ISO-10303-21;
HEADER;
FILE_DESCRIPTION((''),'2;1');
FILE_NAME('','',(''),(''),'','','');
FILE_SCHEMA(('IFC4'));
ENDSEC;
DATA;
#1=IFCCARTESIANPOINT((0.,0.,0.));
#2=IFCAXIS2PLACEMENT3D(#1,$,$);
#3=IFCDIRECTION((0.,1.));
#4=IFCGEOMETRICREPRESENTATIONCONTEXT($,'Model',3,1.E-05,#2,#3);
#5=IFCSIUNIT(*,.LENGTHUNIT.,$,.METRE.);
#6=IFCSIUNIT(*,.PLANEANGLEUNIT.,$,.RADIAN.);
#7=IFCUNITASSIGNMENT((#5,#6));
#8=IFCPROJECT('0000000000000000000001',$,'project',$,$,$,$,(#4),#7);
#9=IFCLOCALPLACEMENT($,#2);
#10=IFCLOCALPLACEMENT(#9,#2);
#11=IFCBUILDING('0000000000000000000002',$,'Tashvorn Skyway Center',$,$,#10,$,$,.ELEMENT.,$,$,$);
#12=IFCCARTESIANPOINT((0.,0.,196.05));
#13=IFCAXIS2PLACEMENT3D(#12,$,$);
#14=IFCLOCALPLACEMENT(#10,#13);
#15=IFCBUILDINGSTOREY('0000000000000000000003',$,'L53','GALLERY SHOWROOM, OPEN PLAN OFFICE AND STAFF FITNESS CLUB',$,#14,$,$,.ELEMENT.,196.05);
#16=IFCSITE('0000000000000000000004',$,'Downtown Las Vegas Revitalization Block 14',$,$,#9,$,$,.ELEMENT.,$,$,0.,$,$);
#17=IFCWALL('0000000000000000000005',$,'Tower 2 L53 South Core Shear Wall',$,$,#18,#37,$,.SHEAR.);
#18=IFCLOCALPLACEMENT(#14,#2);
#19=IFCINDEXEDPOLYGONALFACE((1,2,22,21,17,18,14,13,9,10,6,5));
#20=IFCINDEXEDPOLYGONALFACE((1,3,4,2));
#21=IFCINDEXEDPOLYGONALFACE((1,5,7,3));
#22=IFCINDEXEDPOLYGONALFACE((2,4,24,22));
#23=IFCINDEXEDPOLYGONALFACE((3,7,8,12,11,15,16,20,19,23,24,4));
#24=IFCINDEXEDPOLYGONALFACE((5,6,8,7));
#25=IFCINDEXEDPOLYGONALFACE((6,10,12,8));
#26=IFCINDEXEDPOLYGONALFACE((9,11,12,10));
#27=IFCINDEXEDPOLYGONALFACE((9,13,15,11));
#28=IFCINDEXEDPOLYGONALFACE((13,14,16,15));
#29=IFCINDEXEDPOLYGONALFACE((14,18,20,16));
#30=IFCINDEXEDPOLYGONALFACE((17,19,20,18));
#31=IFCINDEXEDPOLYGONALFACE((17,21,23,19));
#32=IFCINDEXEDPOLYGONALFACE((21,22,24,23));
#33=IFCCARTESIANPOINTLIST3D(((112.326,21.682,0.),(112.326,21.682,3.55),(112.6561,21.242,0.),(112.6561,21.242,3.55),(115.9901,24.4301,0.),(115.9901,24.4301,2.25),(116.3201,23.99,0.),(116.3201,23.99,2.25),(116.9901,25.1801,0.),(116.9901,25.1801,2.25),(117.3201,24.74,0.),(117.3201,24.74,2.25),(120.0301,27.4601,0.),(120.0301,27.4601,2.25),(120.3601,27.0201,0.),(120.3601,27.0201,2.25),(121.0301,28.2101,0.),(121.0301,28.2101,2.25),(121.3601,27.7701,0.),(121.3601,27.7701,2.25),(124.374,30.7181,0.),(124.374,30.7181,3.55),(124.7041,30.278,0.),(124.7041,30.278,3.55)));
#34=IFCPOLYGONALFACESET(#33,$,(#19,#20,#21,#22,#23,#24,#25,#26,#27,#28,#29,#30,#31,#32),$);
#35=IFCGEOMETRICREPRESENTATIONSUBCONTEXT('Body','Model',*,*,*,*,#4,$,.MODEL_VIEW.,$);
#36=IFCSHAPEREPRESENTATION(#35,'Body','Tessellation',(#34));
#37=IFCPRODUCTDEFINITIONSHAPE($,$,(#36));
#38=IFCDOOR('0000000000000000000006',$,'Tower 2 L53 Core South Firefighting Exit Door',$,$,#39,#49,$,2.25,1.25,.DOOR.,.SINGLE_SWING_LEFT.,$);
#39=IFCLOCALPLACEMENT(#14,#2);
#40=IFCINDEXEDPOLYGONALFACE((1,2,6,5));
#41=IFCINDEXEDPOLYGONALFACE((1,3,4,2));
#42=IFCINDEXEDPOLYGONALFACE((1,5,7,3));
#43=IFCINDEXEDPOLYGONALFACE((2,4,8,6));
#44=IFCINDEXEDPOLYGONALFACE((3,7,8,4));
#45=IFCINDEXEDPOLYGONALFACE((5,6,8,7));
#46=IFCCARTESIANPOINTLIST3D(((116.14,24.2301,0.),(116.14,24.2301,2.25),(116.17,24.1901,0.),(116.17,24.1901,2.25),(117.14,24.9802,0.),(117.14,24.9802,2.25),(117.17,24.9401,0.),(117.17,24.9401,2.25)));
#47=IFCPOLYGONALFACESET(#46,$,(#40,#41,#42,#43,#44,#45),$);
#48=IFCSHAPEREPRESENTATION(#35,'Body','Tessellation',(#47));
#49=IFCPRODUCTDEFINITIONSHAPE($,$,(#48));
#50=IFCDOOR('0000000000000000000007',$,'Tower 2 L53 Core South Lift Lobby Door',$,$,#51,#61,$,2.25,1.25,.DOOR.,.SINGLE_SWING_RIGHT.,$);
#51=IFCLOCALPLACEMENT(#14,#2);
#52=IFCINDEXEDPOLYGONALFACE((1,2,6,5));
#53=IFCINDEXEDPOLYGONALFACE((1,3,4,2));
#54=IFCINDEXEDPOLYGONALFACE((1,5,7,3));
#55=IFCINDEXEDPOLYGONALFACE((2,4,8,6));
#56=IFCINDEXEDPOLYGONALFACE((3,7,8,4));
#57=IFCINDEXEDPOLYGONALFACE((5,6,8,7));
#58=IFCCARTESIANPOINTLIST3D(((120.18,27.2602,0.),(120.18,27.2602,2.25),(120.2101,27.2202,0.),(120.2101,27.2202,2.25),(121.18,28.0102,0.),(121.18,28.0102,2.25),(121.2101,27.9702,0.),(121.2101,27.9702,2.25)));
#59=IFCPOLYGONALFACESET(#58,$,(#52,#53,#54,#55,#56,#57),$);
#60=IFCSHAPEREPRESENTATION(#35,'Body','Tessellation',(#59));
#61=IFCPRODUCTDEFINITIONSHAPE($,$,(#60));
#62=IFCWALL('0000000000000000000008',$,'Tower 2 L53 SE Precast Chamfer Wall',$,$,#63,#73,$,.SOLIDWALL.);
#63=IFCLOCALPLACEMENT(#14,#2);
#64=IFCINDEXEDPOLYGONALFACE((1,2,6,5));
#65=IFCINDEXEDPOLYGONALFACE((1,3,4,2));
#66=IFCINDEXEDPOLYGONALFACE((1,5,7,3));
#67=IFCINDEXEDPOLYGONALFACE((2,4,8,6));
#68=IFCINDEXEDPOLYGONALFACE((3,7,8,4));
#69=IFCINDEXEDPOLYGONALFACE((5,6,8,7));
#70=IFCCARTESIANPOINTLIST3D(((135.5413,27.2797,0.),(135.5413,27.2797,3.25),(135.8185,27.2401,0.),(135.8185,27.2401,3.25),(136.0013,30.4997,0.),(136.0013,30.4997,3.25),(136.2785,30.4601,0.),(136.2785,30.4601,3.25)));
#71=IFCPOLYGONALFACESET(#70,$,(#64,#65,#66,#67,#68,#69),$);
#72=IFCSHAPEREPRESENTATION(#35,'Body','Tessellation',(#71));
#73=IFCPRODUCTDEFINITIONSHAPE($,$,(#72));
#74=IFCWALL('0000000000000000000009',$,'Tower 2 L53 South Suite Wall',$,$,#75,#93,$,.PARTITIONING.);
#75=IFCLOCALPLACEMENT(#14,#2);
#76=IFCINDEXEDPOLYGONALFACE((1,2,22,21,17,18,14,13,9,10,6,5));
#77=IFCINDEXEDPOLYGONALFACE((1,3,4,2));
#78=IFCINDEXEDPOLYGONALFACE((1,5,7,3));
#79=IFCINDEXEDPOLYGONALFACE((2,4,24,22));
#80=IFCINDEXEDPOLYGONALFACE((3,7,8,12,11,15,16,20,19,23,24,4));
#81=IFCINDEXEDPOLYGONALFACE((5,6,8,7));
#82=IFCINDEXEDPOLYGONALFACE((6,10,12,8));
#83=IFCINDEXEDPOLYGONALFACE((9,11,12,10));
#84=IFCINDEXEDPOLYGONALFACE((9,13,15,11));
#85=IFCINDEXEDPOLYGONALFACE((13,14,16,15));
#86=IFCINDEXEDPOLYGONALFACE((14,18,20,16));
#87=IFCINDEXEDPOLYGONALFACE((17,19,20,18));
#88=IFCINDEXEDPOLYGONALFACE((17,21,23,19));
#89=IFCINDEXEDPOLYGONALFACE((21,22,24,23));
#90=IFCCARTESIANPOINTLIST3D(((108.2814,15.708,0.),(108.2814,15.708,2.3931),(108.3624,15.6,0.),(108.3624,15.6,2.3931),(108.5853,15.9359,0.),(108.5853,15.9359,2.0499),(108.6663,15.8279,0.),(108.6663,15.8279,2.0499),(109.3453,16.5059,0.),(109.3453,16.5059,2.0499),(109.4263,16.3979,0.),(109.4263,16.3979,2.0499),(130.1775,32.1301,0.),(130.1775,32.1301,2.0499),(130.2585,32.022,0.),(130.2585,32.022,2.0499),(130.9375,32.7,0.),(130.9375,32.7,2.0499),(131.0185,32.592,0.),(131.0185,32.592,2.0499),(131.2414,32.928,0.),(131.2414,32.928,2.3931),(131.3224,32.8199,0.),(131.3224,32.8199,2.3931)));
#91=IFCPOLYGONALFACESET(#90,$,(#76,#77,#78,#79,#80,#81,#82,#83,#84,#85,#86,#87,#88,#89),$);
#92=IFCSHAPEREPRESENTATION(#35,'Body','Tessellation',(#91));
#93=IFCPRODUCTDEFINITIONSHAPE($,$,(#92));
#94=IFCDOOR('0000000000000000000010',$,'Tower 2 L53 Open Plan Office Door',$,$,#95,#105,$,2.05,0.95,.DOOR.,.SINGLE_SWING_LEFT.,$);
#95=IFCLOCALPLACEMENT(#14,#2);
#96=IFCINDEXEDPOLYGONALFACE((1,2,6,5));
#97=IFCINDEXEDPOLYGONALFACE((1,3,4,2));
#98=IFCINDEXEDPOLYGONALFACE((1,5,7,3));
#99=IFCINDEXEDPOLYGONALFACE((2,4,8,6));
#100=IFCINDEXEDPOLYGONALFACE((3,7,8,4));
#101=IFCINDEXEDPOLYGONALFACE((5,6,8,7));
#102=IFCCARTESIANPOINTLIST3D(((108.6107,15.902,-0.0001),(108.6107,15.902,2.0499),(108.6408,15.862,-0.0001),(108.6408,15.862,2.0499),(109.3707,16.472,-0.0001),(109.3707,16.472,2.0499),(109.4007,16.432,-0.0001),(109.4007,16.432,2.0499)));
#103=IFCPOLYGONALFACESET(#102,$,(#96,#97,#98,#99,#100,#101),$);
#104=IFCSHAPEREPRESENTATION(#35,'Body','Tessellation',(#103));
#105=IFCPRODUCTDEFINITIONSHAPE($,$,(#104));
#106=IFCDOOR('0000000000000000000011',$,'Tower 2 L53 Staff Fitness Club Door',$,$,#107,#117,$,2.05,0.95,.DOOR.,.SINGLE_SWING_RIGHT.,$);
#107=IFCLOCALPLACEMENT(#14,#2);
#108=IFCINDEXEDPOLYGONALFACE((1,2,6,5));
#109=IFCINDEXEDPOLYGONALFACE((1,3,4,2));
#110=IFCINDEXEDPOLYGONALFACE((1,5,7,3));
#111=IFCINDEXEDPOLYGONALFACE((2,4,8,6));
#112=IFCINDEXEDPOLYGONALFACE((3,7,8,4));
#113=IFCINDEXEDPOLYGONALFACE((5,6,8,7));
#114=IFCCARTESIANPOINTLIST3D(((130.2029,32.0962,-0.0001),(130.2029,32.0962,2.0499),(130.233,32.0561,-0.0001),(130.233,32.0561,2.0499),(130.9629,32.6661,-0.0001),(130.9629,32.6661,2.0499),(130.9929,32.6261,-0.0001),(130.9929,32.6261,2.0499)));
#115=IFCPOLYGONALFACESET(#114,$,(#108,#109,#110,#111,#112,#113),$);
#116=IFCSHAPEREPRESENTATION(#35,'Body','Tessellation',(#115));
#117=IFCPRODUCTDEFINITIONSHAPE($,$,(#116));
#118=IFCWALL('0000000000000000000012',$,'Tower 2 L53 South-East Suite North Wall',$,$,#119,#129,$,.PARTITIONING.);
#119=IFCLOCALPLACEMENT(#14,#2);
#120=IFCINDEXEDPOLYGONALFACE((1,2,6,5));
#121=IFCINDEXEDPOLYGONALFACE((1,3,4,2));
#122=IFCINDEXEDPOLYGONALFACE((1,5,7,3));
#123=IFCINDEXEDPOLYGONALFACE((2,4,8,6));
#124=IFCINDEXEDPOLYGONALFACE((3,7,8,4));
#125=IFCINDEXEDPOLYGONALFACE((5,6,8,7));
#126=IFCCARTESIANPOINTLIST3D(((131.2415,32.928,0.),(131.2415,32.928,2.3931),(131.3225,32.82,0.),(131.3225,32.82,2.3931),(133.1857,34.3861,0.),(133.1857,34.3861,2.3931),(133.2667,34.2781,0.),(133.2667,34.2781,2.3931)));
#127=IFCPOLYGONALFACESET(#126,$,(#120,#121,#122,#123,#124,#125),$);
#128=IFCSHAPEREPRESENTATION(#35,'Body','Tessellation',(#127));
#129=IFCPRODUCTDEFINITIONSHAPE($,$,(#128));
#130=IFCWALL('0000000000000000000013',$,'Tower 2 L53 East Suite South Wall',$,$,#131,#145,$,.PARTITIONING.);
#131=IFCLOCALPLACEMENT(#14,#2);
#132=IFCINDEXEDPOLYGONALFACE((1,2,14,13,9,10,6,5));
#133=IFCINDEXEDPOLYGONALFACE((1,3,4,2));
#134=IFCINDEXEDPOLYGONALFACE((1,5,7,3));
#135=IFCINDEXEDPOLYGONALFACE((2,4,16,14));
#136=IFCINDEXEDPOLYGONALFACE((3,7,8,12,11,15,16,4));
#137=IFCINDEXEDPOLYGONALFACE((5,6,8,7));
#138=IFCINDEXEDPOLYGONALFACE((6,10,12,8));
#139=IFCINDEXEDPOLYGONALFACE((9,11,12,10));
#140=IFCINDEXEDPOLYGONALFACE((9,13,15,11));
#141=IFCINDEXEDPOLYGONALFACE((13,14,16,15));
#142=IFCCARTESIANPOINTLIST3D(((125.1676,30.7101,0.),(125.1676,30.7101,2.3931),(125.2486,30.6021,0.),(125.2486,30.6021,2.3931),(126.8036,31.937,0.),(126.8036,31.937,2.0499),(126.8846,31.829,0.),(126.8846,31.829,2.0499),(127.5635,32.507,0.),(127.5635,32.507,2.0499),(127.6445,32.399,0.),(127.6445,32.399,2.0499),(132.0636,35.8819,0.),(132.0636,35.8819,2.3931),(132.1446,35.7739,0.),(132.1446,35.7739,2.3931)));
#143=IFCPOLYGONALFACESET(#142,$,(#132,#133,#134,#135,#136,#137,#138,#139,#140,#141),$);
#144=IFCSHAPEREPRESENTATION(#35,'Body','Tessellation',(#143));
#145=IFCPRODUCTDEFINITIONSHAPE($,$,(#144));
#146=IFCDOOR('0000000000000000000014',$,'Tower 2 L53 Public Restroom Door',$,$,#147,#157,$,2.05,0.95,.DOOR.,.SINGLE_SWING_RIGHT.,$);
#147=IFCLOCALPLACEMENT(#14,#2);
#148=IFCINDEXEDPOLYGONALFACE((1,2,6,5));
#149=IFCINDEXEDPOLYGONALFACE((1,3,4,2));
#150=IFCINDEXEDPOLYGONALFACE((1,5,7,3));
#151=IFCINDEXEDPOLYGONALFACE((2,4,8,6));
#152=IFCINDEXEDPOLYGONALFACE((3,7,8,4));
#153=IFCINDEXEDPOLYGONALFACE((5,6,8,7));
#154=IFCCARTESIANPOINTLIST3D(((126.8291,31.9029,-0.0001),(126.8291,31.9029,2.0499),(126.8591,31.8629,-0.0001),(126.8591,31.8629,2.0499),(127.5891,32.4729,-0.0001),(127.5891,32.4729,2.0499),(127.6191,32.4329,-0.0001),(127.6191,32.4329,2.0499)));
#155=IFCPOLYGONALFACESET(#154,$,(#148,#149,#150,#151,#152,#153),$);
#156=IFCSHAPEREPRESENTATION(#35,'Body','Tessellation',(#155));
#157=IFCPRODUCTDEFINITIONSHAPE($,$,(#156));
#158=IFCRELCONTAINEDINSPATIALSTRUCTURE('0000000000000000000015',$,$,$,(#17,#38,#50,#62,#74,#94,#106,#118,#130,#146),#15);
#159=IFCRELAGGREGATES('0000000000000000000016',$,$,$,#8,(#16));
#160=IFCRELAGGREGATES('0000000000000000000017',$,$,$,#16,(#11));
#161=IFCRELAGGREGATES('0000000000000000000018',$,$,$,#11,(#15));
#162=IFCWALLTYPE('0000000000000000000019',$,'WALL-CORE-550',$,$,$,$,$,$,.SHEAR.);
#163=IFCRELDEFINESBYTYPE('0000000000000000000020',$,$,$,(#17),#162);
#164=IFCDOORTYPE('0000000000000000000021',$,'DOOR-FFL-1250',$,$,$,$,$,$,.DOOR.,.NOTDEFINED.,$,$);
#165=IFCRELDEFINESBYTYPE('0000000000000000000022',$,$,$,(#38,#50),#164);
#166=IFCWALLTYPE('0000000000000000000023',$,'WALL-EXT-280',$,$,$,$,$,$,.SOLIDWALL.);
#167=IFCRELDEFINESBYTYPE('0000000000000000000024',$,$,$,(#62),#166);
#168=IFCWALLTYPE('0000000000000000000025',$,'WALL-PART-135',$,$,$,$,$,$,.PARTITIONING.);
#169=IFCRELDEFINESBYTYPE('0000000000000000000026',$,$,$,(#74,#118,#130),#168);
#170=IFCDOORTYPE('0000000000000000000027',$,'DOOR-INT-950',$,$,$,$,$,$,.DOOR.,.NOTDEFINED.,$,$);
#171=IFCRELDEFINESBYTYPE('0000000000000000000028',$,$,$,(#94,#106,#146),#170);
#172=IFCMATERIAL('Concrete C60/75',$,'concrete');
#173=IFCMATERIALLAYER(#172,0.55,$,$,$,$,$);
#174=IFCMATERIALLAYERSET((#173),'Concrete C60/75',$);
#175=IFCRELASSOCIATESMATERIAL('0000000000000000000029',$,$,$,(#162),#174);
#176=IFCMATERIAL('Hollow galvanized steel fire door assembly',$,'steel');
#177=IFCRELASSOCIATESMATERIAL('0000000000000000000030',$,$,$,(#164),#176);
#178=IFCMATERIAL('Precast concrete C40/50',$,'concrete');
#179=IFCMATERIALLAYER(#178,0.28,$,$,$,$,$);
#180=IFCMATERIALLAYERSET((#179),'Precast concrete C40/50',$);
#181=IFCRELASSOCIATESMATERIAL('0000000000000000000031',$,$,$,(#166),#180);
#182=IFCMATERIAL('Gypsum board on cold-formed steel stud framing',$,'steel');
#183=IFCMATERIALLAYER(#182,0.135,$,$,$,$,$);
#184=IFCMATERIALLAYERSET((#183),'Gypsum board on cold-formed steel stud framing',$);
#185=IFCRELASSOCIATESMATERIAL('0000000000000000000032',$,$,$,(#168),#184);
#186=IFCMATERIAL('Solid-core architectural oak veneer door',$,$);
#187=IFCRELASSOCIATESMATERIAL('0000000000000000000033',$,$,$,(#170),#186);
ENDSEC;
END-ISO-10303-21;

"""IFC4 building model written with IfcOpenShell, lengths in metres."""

from ifc_helpers import new_model, si_unit, direction, frame, frame_2d, origin, place, context, subcontext, project, spatial, rectangle, extrude, material, layer, layer_set, type_object, element, fill, save


model = new_model("IFC4")

# Units and contexts
model_context = context("Model", 3, precision=1e-05, world=origin(), true_north=direction((0.0, 1.0)))
body_context = subcontext(model_context, "Body", "Model", "MODEL_VIEW")
ifc_project = project(units=[si_unit("LENGTHUNIT", "METRE"), si_unit("PLANEANGLEUNIT", "RADIAN")], contexts=[model_context])

# Site, building, storey
site_placement = place(None, origin())
site = spatial("IfcSite", under=ifc_project, at=site_placement, Name="Downtown Las Vegas Revitalization Block 14", CompositionType="ELEMENT", RefElevation=0.0)
building_placement = place(site_placement, origin())
building = spatial("IfcBuilding", under=site, at=building_placement, Name="Tashvorn Skyway Center", CompositionType="ELEMENT")
storey_placement = place(building_placement, frame((0.0, 0.0, 196.05)))
storey = spatial("IfcBuildingStorey", under=building, at=storey_placement, Name="L53", Description="GALLERY SHOWROOM, OPEN PLAN OFFICE AND STAFF FITNESS CLUB", CompositionType="ELEMENT", Elevation=196.05)

# Wall, openings, doors
ifc_material_1 = material(Name="Concrete C60/75", Category="concrete")
ifc_layer_1 = layer(ifc_material_1, 0.55)
ifc_layer_set_1 = layer_set([ifc_layer_1], Name="Concrete C60/75")
wall_type_1 = type_object("IfcWallType", Name="WALL-CORE-550", PredefinedType="SHEAR", material=ifc_layer_set_1)
wall_1_placement = place(storey_placement, frame((124.5391, 30.498, 0.0), z_axis=(0.0, 0.0, 1.0), x_axis=(-0.799998, -0.600003, 0.0)))
wall_1 = element("IfcWall", 1, at=wall_1_placement, inside=storey, type_object=wall_type_1, Name="Tower 2 L53 South Core Shear Wall", PredefinedType="SHEAR", context=body_context, shape_type="SweptSolid", body=[
    extrude(rectangle(XDim=15.0601, YDim=0.55, at=frame_2d((7.53, 0.0))), origin(), (0.0, 0.0, 1.0), 3.55),
])
opening_1_placement = place(wall_1_placement, frame((9.23, 0.0, 0.0)))
opening_1 = element("IfcOpeningElement", 2, at=opening_1_placement, cuts=wall_1, PredefinedType="OPENING", context=body_context, shape_type="SweptSolid", body=[
    extrude(rectangle(XDim=1.25, YDim=2.25, at=frame_2d((0.625, 1.125))), frame((0.0, 0.2849, 0.0), z_axis=(0.0, -1.0, 0.0), x_axis=(1.0, 0.0, 0.0)), (0.0, 0.0, 1.0), 0.5701),
])
opening_2_placement = place(wall_1_placement, frame((4.1799, 0.0, 0.0)))
opening_2 = element("IfcOpeningElement", 3, at=opening_2_placement, cuts=wall_1, PredefinedType="OPENING", context=body_context, shape_type="SweptSolid", body=[
    extrude(rectangle(XDim=1.25, YDim=2.25, at=frame_2d((0.625, 1.125))), frame((0.0, 0.2849, 0.0), z_axis=(0.0, -1.0, 0.0), x_axis=(1.0, 0.0, 0.0)), (0.0, 0.0, 1.0), 0.5701),
])
ifc_material_2 = material(Name="Hollow galvanized steel fire door assembly", Category="steel")
door_type_1 = type_object("IfcDoorType", Name="DOOR-FFL-1250", OperationType="NOTDEFINED", PredefinedType="DOOR", material=ifc_material_2)
door_1_placement = place(opening_1_placement, origin())
door_1 = element("IfcDoor", 4, at=door_1_placement, inside=storey, type_object=door_type_1, Name="Tower 2 L53 Core South Firefighting Exit Door", OperationType="SINGLE_SWING_LEFT", OverallHeight=2.25, OverallWidth=1.25, PredefinedType="DOOR", context=body_context, shape_type="SweptSolid", body=[
    extrude(rectangle(XDim=1.25, YDim=2.25, at=frame_2d((0.625, 1.125))), frame((0.0, 0.0249, 0.0), z_axis=(0.0, -1.0, 0.0), x_axis=(1.0, 0.0, 0.0)), (0.0, 0.0, 1.0), 0.05),
])
fill(opening_1, door_1)
door_2_placement = place(opening_2_placement, origin())
door_2 = element("IfcDoor", 5, at=door_2_placement, inside=storey, type_object=door_type_1, Name="Tower 2 L53 Core South Lift Lobby Door", OperationType="SINGLE_SWING_RIGHT", OverallHeight=2.25, OverallWidth=1.25, PredefinedType="DOOR", context=body_context, shape_type="SweptSolid", body=[
    extrude(rectangle(XDim=1.25, YDim=2.25, at=frame_2d((0.625, 1.125))), frame((0.0, 0.0249, 0.0), z_axis=(0.0, -1.0, 0.0), x_axis=(1.0, 0.0, 0.0)), (0.0, 0.0, 1.0), 0.05),
])
fill(opening_2, door_2)

# Wall
ifc_material_3 = material(Name="Precast concrete C40/50", Category="concrete")
ifc_layer_2 = layer(ifc_material_3, 0.28)
ifc_layer_set_2 = layer_set([ifc_layer_2], Name="Precast concrete C40/50")
wall_type_2 = type_object("IfcWallType", Name="WALL-EXT-280", PredefinedType="SOLIDWALL", material=ifc_layer_set_2)
wall_2_placement = place(storey_placement, frame((136.1399, 30.48, 0.0), z_axis=(0.0, 0.0, 1.0), x_axis=(-0.141411, -0.989951, 0.0)))
element("IfcWall", 6, at=wall_2_placement, inside=storey, type_object=wall_type_2, Name="Tower 2 L53 SE Precast Chamfer Wall", PredefinedType="SOLIDWALL", context=body_context, shape_type="SweptSolid", body=[
    extrude(rectangle(XDim=3.2527, YDim=0.28, at=frame_2d((1.6265, 0.0))), origin(), (0.0, 0.0, 1.0), 3.25),
])

# Wall, openings, doors
ifc_material_4 = material(Name="Gypsum board on cold-formed steel stud framing", Category="steel")
ifc_layer_3 = layer(ifc_material_4, 0.135)
ifc_layer_set_3 = layer_set([ifc_layer_3], Name="Gypsum board on cold-formed steel stud framing")
wall_type_3 = type_object("IfcWallType", Name="WALL-PART-135", PredefinedType="PARTITIONING", material=ifc_layer_set_3)
wall_3_placement = place(storey_placement, frame((131.282, 32.874, 0.0), z_axis=(0.0, 0.0, 1.0), x_axis=(-0.8, -0.6, 0.0)))
wall_3 = element("IfcWall", 7, at=wall_3_placement, inside=storey, type_object=wall_type_3, Name="Tower 2 L53 South Suite Wall", PredefinedType="PARTITIONING", context=body_context, shape_type="SweptSolid", body=[
    extrude(rectangle(XDim=28.7, YDim=0.135, at=frame_2d((14.3501, 0.0))), origin(), (0.0, 0.0, 1.0), 2.3931),
])
opening_3_placement = place(wall_3_placement, frame((27.3701, 0.0, 0.0)))
opening_3 = element("IfcOpeningElement", 8, at=opening_3_placement, cuts=wall_3, PredefinedType="OPENING", context=body_context, shape_type="SweptSolid", body=[
    extrude(rectangle(XDim=0.95, YDim=2.05, at=frame_2d((0.4751, 1.0249))), frame((0.0, 0.0774, 0.0), z_axis=(0.0, -1.0, 0.0), x_axis=(1.0, 0.0, 0.0)), (0.0, 0.0, 1.0), 0.155),
])
opening_4_placement = place(wall_3_placement, frame((0.3799, 0.0, 0.0)))
opening_4 = element("IfcOpeningElement", 9, at=opening_4_placement, cuts=wall_3, PredefinedType="OPENING", context=body_context, shape_type="SweptSolid", body=[
    extrude(rectangle(XDim=0.95, YDim=2.05, at=frame_2d((0.4751, 1.0249))), frame((0.0, 0.0774, 0.0), z_axis=(0.0, -1.0, 0.0), x_axis=(1.0, 0.0, 0.0)), (0.0, 0.0, 1.0), 0.155),
])
ifc_material_5 = material(Name="Solid-core architectural oak veneer door")
door_type_2 = type_object("IfcDoorType", Name="DOOR-INT-950", OperationType="NOTDEFINED", PredefinedType="DOOR", material=ifc_material_5)
door_3_placement = place(opening_3_placement, origin())
door_3 = element("IfcDoor", 10, at=door_3_placement, inside=storey, type_object=door_type_2, Name="Tower 2 L53 Open Plan Office Door", OperationType="SINGLE_SWING_LEFT", OverallHeight=2.05, OverallWidth=0.95, PredefinedType="DOOR", context=body_context, shape_type="SweptSolid", body=[
    extrude(rectangle(XDim=0.95, YDim=2.05, at=frame_2d((0.4751, 1.0249))), frame((0.0, 0.0249, 0.0), z_axis=(0.0, -1.0, 0.0), x_axis=(1.0, 0.0, 0.0)), (0.0, 0.0, 1.0), 0.05),
])
fill(opening_3, door_3)
door_4_placement = place(opening_4_placement, origin())
door_4 = element("IfcDoor", 11, at=door_4_placement, inside=storey, type_object=door_type_2, Name="Tower 2 L53 Staff Fitness Club Door", OperationType="SINGLE_SWING_RIGHT", OverallHeight=2.05, OverallWidth=0.95, PredefinedType="DOOR", context=body_context, shape_type="SweptSolid", body=[
    extrude(rectangle(XDim=0.95, YDim=2.05, at=frame_2d((0.4751, 1.0249))), frame((0.0, 0.0249, 0.0), z_axis=(0.0, -1.0, 0.0), x_axis=(1.0, 0.0, 0.0)), (0.0, 0.0, 1.0), 0.05),
])
fill(opening_4, door_4)

# Wall
wall_4_placement = place(storey_placement, frame((131.282, 32.874, 0.0), z_axis=(0.0, 0.0, 1.0), x_axis=(0.800012, 0.599984, 0.0)))
element("IfcWall", 12, at=wall_4_placement, inside=storey, type_object=wall_type_3, Name="Tower 2 L53 South-East Suite North Wall", PredefinedType="PARTITIONING", context=body_context, shape_type="SweptSolid", body=[
    extrude(rectangle(XDim=2.4302, YDim=0.135, at=frame_2d((1.2151, 0.0))), origin(), (0.0, 0.0, 1.0), 2.3931),
])

# Wall, opening, door
wall_5_placement = place(storey_placement, frame((125.208, 30.656, 0.0), z_axis=(0.0, 0.0, 1.0), x_axis=(0.800007, 0.599991, 0.0)))
wall_5 = element("IfcWall", 13, at=wall_5_placement, inside=storey, type_object=wall_type_3, Name="Tower 2 L53 East Suite South Wall", PredefinedType="PARTITIONING", context=body_context, shape_type="SweptSolid", body=[
    extrude(rectangle(XDim=8.6199, YDim=0.135, at=frame_2d((4.3101, 0.0))), origin(), (0.0, 0.0, 1.0), 2.3931),
])
opening_5_placement = place(wall_5_placement, frame((2.0449, 0.0, 0.0)))
opening_5 = element("IfcOpeningElement", 14, at=opening_5_placement, cuts=wall_5, PredefinedType="OPENING", context=body_context, shape_type="SweptSolid", body=[
    extrude(rectangle(XDim=0.95, YDim=2.05, at=frame_2d((0.4751, 1.0249))), frame((0.0, 0.0774, 0.0), z_axis=(0.0, -1.0, 0.0), x_axis=(1.0, 0.0, 0.0)), (0.0, 0.0, 1.0), 0.155),
])
door_5_placement = place(opening_5_placement, origin())
door_5 = element("IfcDoor", 15, at=door_5_placement, inside=storey, type_object=door_type_2, Name="Tower 2 L53 Public Restroom Door", OperationType="SINGLE_SWING_RIGHT", OverallHeight=2.05, OverallWidth=0.95, PredefinedType="DOOR", context=body_context, shape_type="SweptSolid", body=[
    extrude(rectangle(XDim=0.95, YDim=2.05, at=frame_2d((0.4751, 1.0249))), frame((0.0, 0.0249, 0.0), z_axis=(0.0, -1.0, 0.0), x_axis=(1.0, 0.0, 0.0)), (0.0, 0.0, 1.0), 0.05),
])
fill(opening_5, door_5)

save(model, "model.ifc")
